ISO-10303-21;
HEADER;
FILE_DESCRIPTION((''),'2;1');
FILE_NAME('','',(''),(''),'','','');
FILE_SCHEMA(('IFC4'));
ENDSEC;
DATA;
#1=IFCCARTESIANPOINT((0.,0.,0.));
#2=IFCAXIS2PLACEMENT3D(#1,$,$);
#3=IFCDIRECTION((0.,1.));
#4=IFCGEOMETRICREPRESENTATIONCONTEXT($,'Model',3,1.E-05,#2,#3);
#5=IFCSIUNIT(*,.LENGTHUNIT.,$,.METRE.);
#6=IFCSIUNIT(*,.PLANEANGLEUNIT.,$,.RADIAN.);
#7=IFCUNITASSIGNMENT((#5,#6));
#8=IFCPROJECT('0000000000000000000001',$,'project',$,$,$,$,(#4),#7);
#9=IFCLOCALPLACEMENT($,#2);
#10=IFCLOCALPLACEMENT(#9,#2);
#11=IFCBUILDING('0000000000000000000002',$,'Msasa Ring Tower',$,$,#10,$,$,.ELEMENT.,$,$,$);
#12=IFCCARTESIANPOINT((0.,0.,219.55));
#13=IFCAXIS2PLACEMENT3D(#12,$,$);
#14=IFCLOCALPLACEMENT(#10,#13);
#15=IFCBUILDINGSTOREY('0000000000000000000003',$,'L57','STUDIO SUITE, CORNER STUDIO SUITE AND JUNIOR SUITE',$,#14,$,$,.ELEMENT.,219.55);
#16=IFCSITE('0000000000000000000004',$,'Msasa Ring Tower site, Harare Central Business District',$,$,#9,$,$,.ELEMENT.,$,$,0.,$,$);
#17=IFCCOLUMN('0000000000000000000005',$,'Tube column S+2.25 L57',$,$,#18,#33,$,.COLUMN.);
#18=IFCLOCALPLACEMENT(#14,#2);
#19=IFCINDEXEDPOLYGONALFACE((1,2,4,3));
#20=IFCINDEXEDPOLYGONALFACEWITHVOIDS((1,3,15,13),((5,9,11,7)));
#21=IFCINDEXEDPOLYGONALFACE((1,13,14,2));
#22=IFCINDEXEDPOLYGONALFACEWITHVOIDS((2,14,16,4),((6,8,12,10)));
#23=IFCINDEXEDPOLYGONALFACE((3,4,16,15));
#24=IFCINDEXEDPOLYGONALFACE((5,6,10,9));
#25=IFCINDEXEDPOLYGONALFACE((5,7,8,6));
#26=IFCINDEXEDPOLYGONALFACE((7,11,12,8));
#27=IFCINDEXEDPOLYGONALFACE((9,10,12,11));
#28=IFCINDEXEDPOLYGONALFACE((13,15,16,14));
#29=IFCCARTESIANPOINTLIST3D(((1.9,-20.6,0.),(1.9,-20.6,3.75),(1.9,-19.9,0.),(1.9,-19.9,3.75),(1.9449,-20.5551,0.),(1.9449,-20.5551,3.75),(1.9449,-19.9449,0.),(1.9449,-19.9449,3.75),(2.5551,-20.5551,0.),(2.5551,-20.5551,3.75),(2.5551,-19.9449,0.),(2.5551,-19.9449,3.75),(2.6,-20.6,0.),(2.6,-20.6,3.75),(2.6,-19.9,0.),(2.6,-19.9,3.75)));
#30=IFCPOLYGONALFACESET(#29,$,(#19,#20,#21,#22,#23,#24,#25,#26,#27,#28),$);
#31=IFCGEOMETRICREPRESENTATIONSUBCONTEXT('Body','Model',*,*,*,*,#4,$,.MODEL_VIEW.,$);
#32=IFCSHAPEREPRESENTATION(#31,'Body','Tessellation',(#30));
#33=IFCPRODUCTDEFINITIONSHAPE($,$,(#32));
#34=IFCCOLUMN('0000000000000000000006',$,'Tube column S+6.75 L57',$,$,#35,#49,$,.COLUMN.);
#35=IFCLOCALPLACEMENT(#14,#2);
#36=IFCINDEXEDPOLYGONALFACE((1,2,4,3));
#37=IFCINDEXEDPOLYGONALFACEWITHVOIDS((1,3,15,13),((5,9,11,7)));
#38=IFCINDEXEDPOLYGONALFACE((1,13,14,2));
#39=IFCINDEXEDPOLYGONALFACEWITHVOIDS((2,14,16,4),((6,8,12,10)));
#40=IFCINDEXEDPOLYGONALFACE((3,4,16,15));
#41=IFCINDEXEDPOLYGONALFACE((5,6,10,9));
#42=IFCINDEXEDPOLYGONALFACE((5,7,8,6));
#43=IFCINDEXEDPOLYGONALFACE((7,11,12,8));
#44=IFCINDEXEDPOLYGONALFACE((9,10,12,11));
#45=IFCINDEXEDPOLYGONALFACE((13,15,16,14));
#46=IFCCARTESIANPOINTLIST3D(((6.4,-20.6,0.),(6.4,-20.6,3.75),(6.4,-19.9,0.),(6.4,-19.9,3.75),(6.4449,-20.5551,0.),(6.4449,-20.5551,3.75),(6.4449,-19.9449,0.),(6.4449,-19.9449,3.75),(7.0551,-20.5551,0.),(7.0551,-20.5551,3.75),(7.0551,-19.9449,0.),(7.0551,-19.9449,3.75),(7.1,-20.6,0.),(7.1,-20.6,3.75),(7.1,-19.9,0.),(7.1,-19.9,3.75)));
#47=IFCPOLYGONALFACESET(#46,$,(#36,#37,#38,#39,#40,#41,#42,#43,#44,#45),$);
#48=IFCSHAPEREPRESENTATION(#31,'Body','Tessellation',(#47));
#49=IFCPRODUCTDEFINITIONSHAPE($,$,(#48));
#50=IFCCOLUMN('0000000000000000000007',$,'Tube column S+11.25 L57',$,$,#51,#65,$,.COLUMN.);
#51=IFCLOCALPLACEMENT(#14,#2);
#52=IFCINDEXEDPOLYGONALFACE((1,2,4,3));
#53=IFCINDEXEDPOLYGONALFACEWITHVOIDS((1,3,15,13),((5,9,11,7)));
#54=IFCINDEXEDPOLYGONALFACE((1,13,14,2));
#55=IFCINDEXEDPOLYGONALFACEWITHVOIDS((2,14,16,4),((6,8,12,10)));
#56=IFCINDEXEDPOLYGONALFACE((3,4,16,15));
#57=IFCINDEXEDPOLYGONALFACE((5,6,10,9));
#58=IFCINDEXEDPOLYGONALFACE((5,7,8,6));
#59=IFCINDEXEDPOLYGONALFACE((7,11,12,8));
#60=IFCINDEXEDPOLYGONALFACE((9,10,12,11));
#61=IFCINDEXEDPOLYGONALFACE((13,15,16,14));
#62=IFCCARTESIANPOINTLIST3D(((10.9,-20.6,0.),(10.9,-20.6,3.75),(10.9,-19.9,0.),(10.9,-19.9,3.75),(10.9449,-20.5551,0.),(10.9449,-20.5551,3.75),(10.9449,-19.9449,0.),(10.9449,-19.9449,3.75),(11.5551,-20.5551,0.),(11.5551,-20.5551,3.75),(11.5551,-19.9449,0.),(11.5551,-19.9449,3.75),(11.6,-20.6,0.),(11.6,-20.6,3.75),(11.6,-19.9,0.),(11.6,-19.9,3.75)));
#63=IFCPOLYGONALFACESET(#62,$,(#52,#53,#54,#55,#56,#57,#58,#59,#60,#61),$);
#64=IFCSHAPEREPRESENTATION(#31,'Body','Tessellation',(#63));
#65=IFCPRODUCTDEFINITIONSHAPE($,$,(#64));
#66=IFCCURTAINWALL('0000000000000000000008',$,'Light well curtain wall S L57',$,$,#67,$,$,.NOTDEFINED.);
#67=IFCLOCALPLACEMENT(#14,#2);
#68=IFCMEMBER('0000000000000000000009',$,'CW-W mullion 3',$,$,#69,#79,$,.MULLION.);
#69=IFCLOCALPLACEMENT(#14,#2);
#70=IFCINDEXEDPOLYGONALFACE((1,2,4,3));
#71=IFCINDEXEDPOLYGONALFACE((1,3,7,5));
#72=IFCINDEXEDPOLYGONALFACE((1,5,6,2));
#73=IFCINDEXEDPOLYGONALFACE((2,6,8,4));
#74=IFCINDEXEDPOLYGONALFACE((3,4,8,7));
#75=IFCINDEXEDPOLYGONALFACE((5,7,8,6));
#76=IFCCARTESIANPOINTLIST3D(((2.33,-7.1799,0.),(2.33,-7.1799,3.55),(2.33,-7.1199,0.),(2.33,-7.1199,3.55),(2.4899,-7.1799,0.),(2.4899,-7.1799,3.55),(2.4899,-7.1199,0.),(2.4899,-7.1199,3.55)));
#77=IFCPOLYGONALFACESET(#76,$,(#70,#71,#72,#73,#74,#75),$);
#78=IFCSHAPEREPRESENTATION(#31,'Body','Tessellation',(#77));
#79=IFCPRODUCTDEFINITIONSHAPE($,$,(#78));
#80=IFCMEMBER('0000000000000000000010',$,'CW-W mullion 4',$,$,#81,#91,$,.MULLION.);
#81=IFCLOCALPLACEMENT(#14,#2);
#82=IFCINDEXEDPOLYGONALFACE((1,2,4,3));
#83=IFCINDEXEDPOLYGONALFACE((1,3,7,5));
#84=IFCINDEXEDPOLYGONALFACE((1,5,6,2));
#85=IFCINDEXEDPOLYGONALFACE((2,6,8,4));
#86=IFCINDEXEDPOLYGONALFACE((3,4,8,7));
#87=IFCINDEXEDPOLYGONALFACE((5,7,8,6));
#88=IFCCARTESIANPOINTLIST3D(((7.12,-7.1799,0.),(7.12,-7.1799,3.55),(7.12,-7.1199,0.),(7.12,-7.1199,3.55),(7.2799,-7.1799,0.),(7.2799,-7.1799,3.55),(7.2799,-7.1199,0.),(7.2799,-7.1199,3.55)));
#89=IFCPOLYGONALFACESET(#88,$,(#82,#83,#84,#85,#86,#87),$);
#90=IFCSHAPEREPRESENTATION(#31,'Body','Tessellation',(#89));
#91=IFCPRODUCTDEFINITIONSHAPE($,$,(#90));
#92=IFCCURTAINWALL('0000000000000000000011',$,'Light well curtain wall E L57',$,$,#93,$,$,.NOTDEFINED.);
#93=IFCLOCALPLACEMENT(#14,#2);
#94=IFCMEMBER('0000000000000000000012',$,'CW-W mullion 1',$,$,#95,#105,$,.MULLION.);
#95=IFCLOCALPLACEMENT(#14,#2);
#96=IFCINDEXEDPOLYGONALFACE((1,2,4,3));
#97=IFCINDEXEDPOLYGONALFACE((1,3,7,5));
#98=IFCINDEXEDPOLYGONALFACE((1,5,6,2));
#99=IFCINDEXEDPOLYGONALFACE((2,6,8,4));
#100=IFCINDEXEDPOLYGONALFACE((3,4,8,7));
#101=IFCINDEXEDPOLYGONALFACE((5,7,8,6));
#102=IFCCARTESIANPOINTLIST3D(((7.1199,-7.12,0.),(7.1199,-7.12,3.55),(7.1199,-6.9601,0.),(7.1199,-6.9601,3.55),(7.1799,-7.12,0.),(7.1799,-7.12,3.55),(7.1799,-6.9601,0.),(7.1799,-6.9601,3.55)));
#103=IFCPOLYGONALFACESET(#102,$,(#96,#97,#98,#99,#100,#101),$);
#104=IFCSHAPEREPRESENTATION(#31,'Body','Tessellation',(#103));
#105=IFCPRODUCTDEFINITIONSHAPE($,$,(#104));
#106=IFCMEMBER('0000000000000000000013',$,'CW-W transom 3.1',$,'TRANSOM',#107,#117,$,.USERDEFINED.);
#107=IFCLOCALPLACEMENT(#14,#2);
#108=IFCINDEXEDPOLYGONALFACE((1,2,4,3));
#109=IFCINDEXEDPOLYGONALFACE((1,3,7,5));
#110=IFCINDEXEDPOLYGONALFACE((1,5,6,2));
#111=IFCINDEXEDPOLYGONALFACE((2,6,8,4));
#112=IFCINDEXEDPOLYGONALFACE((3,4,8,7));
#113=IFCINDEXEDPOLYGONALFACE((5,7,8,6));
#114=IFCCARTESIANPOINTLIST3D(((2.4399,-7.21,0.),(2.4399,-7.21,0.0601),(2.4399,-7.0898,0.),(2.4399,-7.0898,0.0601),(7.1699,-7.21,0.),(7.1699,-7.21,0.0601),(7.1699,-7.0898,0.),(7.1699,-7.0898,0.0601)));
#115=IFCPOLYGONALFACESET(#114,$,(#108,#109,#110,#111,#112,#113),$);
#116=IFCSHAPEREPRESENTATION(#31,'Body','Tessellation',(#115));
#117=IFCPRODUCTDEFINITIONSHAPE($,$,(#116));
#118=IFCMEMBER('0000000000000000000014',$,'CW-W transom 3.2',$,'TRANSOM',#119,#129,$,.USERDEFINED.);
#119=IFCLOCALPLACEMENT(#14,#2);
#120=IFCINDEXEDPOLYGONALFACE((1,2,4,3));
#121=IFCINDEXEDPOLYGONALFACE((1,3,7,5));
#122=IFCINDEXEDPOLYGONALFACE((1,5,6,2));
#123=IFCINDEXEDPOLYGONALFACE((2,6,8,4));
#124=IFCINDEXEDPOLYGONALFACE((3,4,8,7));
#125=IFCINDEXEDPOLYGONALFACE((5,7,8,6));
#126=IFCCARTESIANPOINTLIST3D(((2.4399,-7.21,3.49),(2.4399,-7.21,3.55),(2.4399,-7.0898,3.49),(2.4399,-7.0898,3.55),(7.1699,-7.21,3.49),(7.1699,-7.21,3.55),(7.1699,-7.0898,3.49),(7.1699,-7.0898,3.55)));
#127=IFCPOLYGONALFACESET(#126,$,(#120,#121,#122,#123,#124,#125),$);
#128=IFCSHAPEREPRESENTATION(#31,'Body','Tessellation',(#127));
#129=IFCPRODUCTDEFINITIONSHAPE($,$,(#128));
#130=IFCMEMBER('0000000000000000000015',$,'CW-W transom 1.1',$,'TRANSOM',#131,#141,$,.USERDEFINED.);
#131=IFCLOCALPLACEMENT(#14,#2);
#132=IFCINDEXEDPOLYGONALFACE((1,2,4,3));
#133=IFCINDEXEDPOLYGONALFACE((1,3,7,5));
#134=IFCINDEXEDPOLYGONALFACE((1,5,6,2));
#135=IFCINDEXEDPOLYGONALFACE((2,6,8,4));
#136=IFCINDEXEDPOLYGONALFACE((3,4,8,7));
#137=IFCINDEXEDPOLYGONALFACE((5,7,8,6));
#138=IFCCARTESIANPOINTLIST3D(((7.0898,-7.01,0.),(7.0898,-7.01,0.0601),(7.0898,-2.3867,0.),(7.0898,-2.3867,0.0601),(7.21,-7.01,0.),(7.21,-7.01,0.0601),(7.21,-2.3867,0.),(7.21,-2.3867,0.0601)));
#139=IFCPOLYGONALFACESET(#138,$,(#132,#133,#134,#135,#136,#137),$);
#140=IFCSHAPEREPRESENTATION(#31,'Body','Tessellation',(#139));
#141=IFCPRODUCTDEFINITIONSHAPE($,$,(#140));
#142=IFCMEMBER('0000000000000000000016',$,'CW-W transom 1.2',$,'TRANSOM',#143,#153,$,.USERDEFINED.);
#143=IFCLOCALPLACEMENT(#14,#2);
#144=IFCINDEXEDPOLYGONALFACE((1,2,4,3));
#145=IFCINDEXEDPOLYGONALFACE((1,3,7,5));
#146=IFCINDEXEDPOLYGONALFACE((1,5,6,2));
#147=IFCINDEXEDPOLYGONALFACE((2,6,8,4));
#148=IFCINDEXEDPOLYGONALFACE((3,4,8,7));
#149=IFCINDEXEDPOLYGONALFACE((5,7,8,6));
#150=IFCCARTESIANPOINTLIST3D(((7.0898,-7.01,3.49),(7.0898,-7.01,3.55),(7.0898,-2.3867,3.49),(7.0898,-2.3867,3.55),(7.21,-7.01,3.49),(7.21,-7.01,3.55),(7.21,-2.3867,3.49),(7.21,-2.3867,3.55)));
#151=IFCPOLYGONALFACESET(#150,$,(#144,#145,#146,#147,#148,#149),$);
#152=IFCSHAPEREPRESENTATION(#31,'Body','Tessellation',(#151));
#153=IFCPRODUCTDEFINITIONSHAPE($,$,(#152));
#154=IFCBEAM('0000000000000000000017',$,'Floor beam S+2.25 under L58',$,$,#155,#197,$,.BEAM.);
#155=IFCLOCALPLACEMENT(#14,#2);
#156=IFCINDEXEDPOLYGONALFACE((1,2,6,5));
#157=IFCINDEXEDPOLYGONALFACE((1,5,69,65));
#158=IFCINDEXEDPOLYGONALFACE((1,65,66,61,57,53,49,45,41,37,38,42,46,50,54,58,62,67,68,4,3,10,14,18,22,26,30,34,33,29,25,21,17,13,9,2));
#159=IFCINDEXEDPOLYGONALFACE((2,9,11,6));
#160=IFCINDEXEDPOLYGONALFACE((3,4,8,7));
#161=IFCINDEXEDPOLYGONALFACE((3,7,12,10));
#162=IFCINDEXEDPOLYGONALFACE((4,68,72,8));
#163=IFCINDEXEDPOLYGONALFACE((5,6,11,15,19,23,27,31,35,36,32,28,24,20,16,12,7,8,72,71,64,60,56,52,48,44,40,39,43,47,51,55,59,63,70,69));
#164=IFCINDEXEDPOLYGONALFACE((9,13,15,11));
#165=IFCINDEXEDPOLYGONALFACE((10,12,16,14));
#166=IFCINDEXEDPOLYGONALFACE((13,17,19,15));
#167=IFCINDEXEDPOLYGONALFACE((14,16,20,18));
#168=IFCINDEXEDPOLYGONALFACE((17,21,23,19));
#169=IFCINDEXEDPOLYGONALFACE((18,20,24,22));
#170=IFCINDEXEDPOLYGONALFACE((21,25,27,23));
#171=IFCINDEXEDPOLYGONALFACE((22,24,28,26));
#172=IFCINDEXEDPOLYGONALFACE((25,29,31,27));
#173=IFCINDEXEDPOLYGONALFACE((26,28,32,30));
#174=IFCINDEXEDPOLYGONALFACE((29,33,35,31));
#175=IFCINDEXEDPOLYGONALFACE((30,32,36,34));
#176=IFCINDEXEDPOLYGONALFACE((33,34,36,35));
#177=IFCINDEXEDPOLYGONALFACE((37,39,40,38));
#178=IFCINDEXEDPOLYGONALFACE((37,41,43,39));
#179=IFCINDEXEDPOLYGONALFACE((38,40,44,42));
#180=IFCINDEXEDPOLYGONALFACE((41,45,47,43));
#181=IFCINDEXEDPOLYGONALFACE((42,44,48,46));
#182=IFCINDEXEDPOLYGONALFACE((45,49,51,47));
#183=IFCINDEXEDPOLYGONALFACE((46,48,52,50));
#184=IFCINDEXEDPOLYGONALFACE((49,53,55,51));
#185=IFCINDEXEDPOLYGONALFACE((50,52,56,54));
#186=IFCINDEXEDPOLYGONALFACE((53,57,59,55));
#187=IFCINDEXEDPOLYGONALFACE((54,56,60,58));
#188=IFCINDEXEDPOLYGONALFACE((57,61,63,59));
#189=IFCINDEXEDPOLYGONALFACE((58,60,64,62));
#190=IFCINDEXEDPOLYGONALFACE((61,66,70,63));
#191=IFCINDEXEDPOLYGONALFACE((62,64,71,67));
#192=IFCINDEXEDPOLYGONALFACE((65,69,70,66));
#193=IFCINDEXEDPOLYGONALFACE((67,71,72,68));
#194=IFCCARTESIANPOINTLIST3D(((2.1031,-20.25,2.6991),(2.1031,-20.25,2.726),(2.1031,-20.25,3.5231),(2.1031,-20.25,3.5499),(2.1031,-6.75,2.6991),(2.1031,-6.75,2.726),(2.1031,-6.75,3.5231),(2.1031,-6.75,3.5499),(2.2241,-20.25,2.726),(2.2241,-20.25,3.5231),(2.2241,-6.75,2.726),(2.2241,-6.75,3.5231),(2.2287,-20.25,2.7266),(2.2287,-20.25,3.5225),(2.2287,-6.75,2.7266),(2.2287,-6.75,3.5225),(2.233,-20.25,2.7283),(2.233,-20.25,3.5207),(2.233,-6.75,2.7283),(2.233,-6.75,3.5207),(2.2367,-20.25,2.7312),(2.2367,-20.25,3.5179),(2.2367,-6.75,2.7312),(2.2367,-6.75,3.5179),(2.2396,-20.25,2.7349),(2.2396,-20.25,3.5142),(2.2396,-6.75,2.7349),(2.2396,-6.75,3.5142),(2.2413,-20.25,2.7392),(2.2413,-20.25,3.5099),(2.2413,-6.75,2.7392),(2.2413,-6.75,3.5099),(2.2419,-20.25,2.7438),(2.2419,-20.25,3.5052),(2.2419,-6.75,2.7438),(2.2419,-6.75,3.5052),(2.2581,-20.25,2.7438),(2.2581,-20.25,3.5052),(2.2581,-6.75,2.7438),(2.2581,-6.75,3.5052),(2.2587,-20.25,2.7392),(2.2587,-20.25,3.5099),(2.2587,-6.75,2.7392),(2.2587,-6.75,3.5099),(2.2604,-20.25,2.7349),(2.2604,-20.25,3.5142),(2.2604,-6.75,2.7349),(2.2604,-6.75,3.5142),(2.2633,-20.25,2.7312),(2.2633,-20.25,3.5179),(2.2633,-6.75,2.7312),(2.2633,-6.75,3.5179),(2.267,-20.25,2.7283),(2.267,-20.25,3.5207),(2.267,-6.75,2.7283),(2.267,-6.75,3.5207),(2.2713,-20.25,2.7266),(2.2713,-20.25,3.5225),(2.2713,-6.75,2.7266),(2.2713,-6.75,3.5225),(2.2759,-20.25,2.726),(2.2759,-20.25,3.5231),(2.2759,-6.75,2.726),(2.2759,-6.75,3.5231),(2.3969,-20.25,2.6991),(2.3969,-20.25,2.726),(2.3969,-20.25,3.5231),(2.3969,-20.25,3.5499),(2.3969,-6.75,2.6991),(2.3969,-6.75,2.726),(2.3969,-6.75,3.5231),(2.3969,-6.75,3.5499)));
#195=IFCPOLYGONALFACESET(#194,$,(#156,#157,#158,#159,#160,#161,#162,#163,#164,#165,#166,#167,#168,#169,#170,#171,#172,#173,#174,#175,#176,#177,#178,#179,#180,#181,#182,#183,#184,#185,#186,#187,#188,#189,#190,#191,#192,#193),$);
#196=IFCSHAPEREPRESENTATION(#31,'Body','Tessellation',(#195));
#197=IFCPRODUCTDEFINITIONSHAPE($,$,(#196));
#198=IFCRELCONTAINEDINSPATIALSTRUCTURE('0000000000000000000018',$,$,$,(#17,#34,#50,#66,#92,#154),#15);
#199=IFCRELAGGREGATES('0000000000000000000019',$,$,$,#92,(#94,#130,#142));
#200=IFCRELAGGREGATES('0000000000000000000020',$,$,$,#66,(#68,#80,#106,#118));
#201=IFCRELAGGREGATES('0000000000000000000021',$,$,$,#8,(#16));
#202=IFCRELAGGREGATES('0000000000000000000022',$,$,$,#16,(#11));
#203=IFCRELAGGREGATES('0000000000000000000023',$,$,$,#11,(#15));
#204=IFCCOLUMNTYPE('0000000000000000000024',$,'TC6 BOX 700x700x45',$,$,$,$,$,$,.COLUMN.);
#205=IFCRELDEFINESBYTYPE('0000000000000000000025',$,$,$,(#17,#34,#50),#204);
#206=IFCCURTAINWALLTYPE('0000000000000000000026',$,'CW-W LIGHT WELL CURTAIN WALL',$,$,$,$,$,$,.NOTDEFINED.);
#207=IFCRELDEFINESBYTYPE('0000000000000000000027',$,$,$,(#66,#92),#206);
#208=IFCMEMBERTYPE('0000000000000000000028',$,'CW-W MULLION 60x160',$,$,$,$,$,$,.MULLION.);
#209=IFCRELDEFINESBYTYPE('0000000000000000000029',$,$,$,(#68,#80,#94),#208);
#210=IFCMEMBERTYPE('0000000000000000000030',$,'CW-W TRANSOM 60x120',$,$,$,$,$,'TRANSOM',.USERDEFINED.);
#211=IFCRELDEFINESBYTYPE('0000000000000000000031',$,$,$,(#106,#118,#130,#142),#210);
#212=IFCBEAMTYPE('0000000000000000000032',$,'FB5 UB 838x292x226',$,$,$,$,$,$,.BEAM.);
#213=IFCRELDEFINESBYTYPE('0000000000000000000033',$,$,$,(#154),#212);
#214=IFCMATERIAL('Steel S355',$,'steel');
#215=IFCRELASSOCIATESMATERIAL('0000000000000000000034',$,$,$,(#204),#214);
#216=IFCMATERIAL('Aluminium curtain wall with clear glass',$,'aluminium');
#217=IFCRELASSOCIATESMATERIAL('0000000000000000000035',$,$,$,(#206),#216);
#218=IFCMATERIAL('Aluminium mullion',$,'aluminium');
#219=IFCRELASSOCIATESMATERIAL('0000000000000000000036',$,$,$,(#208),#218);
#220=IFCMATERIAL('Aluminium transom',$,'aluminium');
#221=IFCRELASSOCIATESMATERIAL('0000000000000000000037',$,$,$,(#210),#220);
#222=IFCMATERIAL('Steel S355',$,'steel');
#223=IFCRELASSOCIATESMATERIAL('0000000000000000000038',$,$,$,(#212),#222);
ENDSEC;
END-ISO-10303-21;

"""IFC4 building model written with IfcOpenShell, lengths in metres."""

from ifc_helpers import new_model, si_unit, direction, frame, origin, origin_2d, place, context, subcontext, project, spatial, rectangle, hollow_rectangle, i_section, extrude, material, material_profile, profile_set, type_object, element, aggregate, save


model = new_model("IFC4")

# Units and contexts
model_context = context("Model", 3, precision=1e-05, world=origin(), true_north=direction((0.0, 1.0)))
body_context = subcontext(model_context, "Body", "Model", "MODEL_VIEW")
ifc_project = project(units=[si_unit("LENGTHUNIT", "METRE"), si_unit("PLANEANGLEUNIT", "RADIAN")], contexts=[model_context])

# Site, building, storey
site_placement = place(None, origin())
site = spatial("IfcSite", under=ifc_project, at=site_placement, Name="Msasa Ring Tower site, Harare Central Business District", CompositionType="ELEMENT", RefElevation=0.0)
building_placement = place(site_placement, origin())
building = spatial("IfcBuilding", under=site, at=building_placement, Name="Msasa Ring Tower", CompositionType="ELEMENT")
storey_placement = place(building_placement, frame((0.0, 0.0, 219.55)))
storey = spatial("IfcBuildingStorey", under=building, at=storey_placement, Name="L57", Description="STUDIO SUITE, CORNER STUDIO SUITE AND JUNIOR SUITE", CompositionType="ELEMENT", Elevation=219.55)

# Columns
ifc_material_1 = material(Name="Steel S355", Category="steel")
ifc_material_profile_1 = material_profile(ifc_material_1, hollow_rectangle(XDim=0.7, YDim=0.7, WallThickness=0.0449, at=origin_2d()), Name="BOX 700x700x45")
ifc_profile_set_1 = profile_set([ifc_material_profile_1], Name="Steel S355")
column_type = type_object("IfcColumnType", Name="TC6 BOX 700x700x45", PredefinedType="COLUMN", material=ifc_profile_set_1)
for number, where, z_axis, x_axis, name in (
    (1, (2.25, -20.25, 0.0), (0.0, 0.0, 1.0), (0.0, 1.0, 0.0), "Tube column S+2.25 L57"),
    (2, (6.75, -20.25, 0.0), (0.0, 0.0, 1.0), (0.0, 1.0, 0.0), "Tube column S+6.75 L57"),
    (3, (11.25, -20.25, 0.0), (0.0, 0.0, 1.0), (0.0, 1.0, 0.0), "Tube column S+11.25 L57"),
):
    element("IfcColumn", number, at=place(storey_placement, frame(where, z_axis=z_axis, x_axis=x_axis)), inside=storey, type_object=column_type, Name=name, PredefinedType="COLUMN", context=body_context, shape_type="SweptSolid", body=[
        extrude(hollow_rectangle(XDim=0.7, YDim=0.7, WallThickness=0.0449, at=origin_2d()), origin(), (0.0, 0.0, 1.0), 3.75),
    ])

# Curtain wall, members
ifc_material_2 = material(Name="Aluminium curtain wall with clear glass", Category="aluminium")
curtain_wall_type = type_object("IfcCurtainWallType", Name="CW-W LIGHT WELL CURTAIN WALL", PredefinedType="NOTDEFINED", material=ifc_material_2)
curtain_wall_1_placement = place(storey_placement, origin())
curtain_wall_1 = element("IfcCurtainWall", 4, at=curtain_wall_1_placement, inside=storey, type_object=curtain_wall_type, Name="Light well curtain wall S L57", PredefinedType="NOTDEFINED")
ifc_material_3 = material(Name="Aluminium mullion", Category="aluminium")
ifc_material_profile_2 = material_profile(ifc_material_3, rectangle(XDim=0.0601, YDim=0.1599, at=origin_2d()), Name="AL 60x160")
ifc_profile_set_2 = profile_set([ifc_material_profile_2], Name="Aluminium mullion")
member_type_1 = type_object("IfcMemberType", Name="CW-W MULLION 60x160", PredefinedType="MULLION", material=ifc_profile_set_2)
member_1_placement = place(storey_placement, frame((2.4099, -7.1499, 0.0), z_axis=(0.0, 0.0, 1.0), x_axis=(0.0, 1.0, 0.0)))
member_1 = element("IfcMember", 5, at=member_1_placement, type_object=member_type_1, Name="CW-W mullion 3", PredefinedType="MULLION", context=body_context, shape_type="SweptSolid", body=[
    extrude(rectangle(XDim=0.0601, YDim=0.1599, at=origin_2d()), origin(), (0.0, 0.0, 1.0), 3.55),
])
member_2_placement = place(storey_placement, frame((7.2, -7.1499, 0.0), z_axis=(0.0, 0.0, 1.0), x_axis=(0.0, 1.0, 0.0)))
member_2 = element("IfcMember", 6, at=member_2_placement, type_object=member_type_1, Name="CW-W mullion 4", PredefinedType="MULLION", context=body_context, shape_type="SweptSolid", body=[
    extrude(rectangle(XDim=0.0601, YDim=0.1599, at=origin_2d()), origin(), (0.0, 0.0, 1.0), 3.55),
])

# Curtain wall, member
curtain_wall_2_placement = place(storey_placement, origin())
curtain_wall_2 = element("IfcCurtainWall", 7, at=curtain_wall_2_placement, inside=storey, type_object=curtain_wall_type, Name="Light well curtain wall E L57", PredefinedType="NOTDEFINED")
member_3_placement = place(storey_placement, frame((7.1499, -7.04, 0.0), z_axis=(0.0, 0.0, 1.0), x_axis=(-1.0, 0.0, 0.0)))
member_3 = element("IfcMember", 8, at=member_3_placement, type_object=member_type_1, Name="CW-W mullion 1", PredefinedType="MULLION", context=body_context, shape_type="SweptSolid", body=[
    extrude(rectangle(XDim=0.0601, YDim=0.1599, at=origin_2d()), origin(), (0.0, 0.0, 1.0), 3.55),
])

# Members
ifc_material_4 = material(Name="Aluminium transom", Category="aluminium")
ifc_material_profile_3 = material_profile(ifc_material_4, rectangle(XDim=0.1201, YDim=0.0601, at=origin_2d()), Name="AL 60x120")
ifc_profile_set_3 = profile_set([ifc_material_profile_3], Name="Aluminium transom")
member_type_2 = type_object("IfcMemberType", Name="CW-W TRANSOM 60x120", ElementType="TRANSOM", PredefinedType="USERDEFINED", material=ifc_profile_set_3)
member_4_placement = place(storey_placement, frame((2.4399, -7.1499, 0.03), z_axis=(1.0, 0.0, 0.0), x_axis=(0.0, 1.0, 0.0)))
member_4 = element("IfcMember", 9, at=member_4_placement, type_object=member_type_2, Name="CW-W transom 3.1", ObjectType="TRANSOM", PredefinedType="USERDEFINED", context=body_context, shape_type="SweptSolid", body=[
    extrude(rectangle(XDim=0.1201, YDim=0.0601, at=origin_2d()), origin(), (0.0, 0.0, 1.0), 4.73),
])
member_5_placement = place(storey_placement, frame((2.4399, -7.1499, 3.52), z_axis=(1.0, 0.0, 0.0), x_axis=(0.0, 1.0, 0.0)))
member_5 = element("IfcMember", 10, at=member_5_placement, type_object=member_type_2, Name="CW-W transom 3.2", ObjectType="TRANSOM", PredefinedType="USERDEFINED", context=body_context, shape_type="SweptSolid", body=[
    extrude(rectangle(XDim=0.1201, YDim=0.0601, at=origin_2d()), origin(), (0.0, 0.0, 1.0), 4.73),
])
member_6_placement = place(storey_placement, frame((7.1499, -7.01, 0.03), z_axis=(0.0, 1.0, 0.0), x_axis=(-1.0, 0.0, 0.0)))
member_6 = element("IfcMember", 11, at=member_6_placement, type_object=member_type_2, Name="CW-W transom 1.1", ObjectType="TRANSOM", PredefinedType="USERDEFINED", context=body_context, shape_type="SweptSolid", body=[
    extrude(rectangle(XDim=0.1201, YDim=0.0601, at=origin_2d()), origin(), (0.0, 0.0, 1.0), 4.6233),
])
member_7_placement = place(storey_placement, frame((7.1499, -7.01, 3.52), z_axis=(0.0, 1.0, 0.0), x_axis=(-1.0, 0.0, 0.0)))
member_7 = element("IfcMember", 12, at=member_7_placement, type_object=member_type_2, Name="CW-W transom 1.2", ObjectType="TRANSOM", PredefinedType="USERDEFINED", context=body_context, shape_type="SweptSolid", body=[
    extrude(rectangle(XDim=0.1201, YDim=0.0601, at=origin_2d()), origin(), (0.0, 0.0, 1.0), 4.6233),
])
aggregate(curtain_wall_2, [member_3, member_6, member_7])

# Beam
ifc_material_5 = material(Name="Steel S355", Category="steel")
ifc_material_profile_4 = material_profile(ifc_material_5, i_section(OverallWidth=0.2937, OverallDepth=0.8508, WebThickness=0.0161, FlangeThickness=0.0269, FilletRadius=0.0178, at=origin_2d()), Name="UB 838x292x226")
ifc_profile_set_4 = profile_set([ifc_material_profile_4], Name="Steel S355")
beam_type_1 = type_object("IfcBeamType", Name="FB5 UB 838x292x226", PredefinedType="BEAM", material=ifc_profile_set_4)
for number, where, z_axis, x_axis, name in (
    (13, (2.25, -20.25, 3.1245), (0.0, 1.0, 0.0), (-1.0, 0.0, 0.0), "Floor beam S+2.25 under L58"),
):
    element("IfcBeam", number, at=place(storey_placement, frame(where, z_axis=z_axis, x_axis=x_axis)), inside=storey, type_object=beam_type_1, Name=name, PredefinedType="BEAM", context=body_context, shape_type="SweptSolid", body=[
        extrude(i_section(OverallWidth=0.2937, OverallDepth=0.8508, WebThickness=0.0161, FlangeThickness=0.0269, FilletRadius=0.0178, at=origin_2d()), origin(), (0.0, 0.0, 1.0), 13.5),
    ])

aggregate(curtain_wall_1, [member_1, member_2, member_4, member_5])

save(model, "model.ifc")
